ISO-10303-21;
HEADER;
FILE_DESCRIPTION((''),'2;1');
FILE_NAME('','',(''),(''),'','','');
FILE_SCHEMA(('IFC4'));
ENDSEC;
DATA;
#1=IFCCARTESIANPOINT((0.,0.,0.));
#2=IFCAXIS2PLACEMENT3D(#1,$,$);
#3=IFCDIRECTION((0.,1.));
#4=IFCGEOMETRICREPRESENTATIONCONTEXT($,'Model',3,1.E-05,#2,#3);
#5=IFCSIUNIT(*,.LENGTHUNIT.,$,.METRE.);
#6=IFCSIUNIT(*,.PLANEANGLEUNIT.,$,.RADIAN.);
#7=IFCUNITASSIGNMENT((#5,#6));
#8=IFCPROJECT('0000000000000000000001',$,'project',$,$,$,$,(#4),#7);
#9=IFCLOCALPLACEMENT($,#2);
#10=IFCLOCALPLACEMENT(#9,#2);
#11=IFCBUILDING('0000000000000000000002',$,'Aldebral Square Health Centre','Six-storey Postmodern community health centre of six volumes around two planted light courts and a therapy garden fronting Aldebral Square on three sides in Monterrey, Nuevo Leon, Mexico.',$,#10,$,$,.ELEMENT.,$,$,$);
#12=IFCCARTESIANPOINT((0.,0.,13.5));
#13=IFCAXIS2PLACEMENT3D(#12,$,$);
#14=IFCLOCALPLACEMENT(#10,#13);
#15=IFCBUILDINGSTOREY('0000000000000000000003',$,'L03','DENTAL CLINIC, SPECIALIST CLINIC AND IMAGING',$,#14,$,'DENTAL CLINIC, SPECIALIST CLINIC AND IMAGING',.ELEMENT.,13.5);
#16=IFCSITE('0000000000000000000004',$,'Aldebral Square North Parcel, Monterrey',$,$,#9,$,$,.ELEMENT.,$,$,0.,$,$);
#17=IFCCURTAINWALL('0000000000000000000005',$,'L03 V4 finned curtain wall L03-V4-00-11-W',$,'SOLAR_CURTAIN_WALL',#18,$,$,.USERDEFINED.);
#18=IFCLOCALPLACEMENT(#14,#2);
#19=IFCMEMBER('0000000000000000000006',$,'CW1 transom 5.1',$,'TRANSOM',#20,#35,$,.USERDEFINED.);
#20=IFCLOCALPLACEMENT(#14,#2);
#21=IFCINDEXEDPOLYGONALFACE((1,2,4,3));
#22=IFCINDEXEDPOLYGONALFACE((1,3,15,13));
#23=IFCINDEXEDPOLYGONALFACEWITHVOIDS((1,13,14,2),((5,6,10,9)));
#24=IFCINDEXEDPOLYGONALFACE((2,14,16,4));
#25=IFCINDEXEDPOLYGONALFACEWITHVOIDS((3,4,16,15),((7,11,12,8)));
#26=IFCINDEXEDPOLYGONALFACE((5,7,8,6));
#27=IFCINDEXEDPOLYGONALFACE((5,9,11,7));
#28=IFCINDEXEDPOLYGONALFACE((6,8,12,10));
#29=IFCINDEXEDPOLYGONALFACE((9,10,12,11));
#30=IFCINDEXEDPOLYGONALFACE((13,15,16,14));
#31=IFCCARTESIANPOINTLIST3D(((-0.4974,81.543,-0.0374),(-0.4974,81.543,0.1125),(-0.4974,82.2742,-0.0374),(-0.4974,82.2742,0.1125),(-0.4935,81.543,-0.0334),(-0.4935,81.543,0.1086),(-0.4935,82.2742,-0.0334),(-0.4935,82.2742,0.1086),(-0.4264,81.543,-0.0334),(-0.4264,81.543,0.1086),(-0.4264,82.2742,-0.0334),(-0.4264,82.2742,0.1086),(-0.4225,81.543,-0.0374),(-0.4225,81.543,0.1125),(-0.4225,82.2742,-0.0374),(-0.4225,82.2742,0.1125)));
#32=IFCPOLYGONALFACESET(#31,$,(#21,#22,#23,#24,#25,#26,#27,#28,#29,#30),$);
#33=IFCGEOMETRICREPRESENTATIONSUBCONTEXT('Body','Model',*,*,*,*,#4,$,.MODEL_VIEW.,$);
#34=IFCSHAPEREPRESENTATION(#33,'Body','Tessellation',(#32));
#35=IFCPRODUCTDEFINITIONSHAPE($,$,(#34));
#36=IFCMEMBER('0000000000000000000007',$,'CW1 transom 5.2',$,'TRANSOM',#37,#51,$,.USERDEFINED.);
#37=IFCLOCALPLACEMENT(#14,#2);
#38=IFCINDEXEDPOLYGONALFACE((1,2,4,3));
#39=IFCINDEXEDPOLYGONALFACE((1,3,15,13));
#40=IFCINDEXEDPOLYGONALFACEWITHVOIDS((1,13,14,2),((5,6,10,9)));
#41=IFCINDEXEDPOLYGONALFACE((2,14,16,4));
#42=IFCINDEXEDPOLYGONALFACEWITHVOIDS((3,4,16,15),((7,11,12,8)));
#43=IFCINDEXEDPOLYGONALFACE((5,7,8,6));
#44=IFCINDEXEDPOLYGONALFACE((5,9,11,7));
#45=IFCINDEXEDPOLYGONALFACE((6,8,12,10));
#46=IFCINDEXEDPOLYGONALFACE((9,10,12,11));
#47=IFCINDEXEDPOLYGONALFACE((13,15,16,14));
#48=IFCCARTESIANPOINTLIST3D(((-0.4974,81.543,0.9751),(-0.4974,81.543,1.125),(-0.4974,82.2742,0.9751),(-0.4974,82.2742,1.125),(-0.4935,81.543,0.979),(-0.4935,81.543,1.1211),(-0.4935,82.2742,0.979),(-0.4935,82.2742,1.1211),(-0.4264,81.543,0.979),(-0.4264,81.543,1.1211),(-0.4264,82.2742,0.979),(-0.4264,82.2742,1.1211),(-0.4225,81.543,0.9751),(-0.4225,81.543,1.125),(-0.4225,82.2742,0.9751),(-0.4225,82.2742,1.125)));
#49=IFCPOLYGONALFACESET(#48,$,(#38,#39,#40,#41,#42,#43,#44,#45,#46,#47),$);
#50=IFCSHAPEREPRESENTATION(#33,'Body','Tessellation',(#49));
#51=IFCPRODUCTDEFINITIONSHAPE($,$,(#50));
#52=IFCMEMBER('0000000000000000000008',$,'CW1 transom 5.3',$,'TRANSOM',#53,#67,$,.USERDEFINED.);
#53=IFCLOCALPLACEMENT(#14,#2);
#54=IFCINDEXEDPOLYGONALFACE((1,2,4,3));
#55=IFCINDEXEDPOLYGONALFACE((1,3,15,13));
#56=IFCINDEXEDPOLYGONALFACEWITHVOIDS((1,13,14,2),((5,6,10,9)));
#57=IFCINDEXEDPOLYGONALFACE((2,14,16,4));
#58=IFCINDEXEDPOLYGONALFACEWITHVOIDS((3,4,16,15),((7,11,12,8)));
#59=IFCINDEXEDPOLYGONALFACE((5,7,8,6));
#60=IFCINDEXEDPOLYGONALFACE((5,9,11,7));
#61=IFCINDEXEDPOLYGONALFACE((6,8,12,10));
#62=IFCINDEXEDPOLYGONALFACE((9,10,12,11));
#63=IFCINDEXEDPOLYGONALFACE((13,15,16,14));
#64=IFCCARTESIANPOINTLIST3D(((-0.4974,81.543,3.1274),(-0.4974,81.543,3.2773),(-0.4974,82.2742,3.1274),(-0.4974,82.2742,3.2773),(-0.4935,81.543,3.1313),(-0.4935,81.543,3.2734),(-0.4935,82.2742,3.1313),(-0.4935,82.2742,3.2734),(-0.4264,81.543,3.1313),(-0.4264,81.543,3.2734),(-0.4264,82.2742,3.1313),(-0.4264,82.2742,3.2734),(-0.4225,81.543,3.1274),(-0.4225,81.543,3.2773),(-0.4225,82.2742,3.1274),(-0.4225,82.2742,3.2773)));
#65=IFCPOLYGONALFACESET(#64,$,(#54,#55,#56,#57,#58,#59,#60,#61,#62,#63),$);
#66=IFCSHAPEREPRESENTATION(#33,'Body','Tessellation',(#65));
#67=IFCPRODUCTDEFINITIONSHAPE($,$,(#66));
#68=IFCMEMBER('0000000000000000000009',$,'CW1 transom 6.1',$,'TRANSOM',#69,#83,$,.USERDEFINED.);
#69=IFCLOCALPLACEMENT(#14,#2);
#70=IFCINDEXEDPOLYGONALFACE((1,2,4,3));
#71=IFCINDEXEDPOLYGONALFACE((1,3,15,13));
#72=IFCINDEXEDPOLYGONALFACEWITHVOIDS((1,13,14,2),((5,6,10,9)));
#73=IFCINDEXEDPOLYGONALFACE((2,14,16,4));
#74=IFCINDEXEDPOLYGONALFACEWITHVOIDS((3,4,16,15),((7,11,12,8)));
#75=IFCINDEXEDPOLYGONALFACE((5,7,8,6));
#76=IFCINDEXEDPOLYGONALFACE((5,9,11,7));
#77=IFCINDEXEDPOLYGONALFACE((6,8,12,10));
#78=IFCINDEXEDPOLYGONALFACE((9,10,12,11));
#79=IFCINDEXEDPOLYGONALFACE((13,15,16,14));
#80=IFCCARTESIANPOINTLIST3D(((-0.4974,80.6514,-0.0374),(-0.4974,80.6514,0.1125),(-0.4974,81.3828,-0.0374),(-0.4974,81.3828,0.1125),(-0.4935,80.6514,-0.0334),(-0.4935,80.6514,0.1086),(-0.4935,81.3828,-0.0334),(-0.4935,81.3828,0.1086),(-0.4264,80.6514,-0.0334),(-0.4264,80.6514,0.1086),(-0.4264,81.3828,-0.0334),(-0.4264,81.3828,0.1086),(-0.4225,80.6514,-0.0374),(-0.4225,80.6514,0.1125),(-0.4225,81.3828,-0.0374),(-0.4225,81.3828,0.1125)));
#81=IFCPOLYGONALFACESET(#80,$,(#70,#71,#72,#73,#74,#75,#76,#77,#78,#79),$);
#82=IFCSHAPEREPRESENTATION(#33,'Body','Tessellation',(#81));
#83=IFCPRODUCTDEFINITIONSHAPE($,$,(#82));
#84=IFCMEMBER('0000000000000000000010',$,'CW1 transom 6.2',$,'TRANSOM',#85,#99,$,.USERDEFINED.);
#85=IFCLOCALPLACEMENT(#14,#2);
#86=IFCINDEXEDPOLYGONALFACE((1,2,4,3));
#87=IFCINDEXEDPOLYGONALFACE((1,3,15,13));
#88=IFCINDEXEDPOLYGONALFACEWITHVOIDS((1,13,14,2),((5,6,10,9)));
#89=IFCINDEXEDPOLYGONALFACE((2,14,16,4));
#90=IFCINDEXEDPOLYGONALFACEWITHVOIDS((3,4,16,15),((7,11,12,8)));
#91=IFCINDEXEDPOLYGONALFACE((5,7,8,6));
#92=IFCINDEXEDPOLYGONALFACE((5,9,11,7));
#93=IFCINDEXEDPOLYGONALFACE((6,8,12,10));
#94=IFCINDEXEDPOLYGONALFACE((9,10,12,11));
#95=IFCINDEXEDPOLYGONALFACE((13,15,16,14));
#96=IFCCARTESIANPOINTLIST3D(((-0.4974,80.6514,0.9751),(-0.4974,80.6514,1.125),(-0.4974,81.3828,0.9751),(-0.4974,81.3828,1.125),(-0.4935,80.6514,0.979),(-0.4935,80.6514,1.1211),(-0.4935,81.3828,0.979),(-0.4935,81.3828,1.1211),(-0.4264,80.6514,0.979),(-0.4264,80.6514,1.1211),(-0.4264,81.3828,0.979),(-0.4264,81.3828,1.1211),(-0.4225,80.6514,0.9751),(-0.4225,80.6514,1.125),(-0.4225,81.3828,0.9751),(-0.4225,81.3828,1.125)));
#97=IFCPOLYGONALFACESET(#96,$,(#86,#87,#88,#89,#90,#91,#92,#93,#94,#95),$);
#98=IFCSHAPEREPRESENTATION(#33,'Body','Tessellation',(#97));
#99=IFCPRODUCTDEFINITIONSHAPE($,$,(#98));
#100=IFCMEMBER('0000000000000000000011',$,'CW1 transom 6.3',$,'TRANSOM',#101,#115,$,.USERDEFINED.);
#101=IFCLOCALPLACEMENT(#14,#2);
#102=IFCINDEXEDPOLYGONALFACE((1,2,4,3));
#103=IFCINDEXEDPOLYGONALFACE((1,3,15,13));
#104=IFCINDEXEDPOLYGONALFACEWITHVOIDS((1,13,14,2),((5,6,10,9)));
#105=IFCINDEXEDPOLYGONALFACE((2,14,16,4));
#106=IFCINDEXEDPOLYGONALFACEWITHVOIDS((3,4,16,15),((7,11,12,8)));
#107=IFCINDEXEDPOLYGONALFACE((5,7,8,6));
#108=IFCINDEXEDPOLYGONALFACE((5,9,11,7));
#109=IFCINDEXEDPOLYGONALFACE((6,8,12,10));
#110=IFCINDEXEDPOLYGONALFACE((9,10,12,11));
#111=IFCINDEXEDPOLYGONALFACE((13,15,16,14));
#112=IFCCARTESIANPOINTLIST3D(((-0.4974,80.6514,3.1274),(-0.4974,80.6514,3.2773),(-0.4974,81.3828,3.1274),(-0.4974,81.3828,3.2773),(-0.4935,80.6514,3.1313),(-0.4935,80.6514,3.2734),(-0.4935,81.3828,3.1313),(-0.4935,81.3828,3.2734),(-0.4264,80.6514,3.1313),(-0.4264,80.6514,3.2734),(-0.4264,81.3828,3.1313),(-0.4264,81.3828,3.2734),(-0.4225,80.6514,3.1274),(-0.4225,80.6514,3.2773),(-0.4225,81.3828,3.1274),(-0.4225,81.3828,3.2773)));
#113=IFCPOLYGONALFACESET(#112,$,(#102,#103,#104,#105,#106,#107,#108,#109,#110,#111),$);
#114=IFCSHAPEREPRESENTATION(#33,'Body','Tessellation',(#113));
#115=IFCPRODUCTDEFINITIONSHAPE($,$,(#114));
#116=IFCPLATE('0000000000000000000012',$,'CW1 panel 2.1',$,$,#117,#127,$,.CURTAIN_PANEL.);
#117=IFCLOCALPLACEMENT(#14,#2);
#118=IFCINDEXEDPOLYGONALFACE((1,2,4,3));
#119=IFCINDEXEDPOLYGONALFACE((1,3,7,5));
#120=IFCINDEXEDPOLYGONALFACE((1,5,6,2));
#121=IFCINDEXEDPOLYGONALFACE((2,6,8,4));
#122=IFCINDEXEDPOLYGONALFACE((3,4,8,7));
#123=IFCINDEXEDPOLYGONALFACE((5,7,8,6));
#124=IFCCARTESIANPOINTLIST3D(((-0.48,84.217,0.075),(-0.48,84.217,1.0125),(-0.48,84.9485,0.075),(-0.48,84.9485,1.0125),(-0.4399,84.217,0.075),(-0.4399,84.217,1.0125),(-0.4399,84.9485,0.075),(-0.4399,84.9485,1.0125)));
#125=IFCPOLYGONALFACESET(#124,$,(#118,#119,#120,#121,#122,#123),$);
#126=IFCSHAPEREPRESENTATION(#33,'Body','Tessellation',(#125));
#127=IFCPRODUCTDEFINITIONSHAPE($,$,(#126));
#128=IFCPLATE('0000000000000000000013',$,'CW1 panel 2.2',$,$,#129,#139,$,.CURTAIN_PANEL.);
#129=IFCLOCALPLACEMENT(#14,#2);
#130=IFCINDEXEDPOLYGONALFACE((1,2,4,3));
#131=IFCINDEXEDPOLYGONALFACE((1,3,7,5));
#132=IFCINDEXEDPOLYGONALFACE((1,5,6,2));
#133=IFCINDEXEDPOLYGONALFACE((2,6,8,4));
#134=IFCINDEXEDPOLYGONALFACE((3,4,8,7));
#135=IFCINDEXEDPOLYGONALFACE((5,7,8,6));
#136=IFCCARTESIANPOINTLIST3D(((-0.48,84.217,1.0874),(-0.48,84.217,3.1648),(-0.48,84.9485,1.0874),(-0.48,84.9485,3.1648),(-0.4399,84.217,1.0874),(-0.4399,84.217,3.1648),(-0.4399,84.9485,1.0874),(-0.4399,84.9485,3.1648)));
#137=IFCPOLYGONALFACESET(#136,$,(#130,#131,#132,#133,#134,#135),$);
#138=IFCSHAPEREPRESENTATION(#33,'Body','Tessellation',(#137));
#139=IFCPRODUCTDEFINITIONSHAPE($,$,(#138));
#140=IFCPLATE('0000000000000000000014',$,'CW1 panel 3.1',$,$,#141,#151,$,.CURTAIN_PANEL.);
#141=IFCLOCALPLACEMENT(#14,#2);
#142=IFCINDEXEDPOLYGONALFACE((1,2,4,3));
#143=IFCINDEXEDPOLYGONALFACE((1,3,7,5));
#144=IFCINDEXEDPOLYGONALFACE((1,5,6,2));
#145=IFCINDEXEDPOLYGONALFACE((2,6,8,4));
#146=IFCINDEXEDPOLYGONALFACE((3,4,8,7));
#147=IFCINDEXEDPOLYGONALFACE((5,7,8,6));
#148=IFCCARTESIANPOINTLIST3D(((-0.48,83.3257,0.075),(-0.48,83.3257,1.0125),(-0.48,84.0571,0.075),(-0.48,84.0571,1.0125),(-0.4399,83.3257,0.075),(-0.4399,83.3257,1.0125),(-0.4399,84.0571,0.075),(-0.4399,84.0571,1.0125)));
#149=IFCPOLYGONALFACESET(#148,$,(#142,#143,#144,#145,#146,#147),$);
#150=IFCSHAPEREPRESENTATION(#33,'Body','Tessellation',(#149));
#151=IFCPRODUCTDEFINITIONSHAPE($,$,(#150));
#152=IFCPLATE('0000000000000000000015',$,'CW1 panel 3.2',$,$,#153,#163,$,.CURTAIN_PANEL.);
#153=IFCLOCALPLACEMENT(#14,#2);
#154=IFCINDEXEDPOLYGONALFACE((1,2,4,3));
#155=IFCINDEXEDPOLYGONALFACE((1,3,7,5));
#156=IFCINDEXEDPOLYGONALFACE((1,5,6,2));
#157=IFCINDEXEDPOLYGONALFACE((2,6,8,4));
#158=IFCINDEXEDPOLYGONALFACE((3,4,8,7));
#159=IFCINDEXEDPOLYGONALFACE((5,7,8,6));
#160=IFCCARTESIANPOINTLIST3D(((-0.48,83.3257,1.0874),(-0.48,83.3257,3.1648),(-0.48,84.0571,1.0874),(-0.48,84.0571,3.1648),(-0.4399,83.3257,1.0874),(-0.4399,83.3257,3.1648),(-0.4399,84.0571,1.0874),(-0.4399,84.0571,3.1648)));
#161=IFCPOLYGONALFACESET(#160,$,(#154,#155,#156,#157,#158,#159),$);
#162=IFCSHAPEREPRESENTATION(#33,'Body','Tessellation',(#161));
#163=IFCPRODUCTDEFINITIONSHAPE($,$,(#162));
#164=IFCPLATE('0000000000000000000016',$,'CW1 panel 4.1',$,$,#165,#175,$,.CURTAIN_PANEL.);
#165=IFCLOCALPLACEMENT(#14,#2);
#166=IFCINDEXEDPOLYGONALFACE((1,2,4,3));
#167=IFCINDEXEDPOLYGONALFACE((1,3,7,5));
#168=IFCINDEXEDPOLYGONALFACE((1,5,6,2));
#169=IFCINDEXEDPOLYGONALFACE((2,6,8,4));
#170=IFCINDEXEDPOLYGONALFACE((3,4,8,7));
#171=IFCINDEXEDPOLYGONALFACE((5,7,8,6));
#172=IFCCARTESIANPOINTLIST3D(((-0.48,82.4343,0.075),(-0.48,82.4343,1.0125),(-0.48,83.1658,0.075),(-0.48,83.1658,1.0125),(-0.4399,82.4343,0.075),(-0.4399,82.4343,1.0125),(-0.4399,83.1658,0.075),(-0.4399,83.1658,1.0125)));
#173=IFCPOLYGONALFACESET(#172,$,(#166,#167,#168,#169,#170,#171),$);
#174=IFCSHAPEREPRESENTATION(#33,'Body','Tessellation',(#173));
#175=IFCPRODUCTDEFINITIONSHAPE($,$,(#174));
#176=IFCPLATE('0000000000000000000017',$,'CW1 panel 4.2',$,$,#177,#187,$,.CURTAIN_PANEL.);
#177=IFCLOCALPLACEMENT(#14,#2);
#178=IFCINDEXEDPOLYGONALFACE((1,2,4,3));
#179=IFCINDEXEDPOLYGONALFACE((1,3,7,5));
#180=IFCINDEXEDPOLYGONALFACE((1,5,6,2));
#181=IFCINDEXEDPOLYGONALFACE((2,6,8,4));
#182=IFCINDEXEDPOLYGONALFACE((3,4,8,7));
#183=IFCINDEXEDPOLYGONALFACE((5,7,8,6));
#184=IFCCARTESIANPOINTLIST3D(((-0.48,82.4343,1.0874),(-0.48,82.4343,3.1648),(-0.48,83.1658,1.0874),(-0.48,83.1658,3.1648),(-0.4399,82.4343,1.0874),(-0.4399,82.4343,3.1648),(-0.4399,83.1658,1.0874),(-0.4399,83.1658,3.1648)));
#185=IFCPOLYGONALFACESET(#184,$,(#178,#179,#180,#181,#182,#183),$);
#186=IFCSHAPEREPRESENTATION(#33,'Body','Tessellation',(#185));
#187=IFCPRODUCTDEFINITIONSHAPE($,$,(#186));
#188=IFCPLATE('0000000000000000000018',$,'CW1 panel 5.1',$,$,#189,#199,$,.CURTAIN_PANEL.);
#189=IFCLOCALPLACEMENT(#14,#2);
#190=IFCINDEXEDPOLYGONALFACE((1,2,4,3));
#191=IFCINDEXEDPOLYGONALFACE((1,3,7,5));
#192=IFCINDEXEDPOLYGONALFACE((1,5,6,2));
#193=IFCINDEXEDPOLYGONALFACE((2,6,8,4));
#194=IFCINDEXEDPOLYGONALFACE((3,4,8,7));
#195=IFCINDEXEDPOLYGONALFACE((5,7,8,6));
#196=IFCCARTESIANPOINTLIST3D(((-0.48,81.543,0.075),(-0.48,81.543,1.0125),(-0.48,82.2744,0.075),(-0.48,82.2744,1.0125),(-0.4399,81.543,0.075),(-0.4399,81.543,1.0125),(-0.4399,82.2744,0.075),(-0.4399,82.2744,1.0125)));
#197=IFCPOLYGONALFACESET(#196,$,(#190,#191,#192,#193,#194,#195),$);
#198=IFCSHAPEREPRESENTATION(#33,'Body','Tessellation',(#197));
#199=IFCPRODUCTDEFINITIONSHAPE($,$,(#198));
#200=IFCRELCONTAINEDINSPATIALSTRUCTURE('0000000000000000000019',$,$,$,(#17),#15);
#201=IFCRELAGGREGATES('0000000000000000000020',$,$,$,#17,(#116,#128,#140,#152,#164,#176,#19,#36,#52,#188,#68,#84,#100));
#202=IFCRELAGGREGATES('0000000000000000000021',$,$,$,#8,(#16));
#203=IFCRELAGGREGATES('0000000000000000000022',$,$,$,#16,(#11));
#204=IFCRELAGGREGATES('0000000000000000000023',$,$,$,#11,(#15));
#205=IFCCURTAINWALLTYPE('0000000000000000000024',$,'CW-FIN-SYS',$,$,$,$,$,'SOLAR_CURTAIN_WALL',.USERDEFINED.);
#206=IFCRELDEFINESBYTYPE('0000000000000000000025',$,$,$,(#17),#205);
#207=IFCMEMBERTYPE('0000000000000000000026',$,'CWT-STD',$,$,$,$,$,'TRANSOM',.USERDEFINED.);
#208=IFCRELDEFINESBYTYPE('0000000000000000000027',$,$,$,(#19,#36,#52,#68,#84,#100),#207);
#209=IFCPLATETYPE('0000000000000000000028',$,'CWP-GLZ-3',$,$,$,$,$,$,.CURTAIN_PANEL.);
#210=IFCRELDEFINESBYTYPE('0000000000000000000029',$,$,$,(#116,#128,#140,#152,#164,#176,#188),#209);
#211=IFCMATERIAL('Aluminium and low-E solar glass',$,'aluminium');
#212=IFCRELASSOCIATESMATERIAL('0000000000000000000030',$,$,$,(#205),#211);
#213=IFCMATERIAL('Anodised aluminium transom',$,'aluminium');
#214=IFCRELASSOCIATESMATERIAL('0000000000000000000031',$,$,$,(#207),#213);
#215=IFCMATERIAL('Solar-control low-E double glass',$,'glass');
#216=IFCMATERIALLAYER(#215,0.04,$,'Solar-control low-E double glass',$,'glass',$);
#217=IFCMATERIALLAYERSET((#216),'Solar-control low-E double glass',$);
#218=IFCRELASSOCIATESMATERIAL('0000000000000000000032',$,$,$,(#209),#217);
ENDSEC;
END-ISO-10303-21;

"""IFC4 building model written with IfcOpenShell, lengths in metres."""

from ifc_helpers import new_model, si_unit, direction, frame, origin, origin_2d, place, context, subcontext, project, spatial, rectangle, hollow_rectangle, extrude, material, layer, layer_set, material_profile, profile_set, type_object, element, aggregate, save


model = new_model("IFC4")

# Units and contexts
model_context = context("Model", 3, precision=1e-05, world=origin(), true_north=direction((0.0, 1.0)))
body_context = subcontext(model_context, "Body", "Model", "MODEL_VIEW")
ifc_project = project(units=[si_unit("LENGTHUNIT", "METRE"), si_unit("PLANEANGLEUNIT", "RADIAN")], contexts=[model_context])

# Site, building, storey
site_placement = place(None, origin())
site = spatial("IfcSite", under=ifc_project, at=site_placement, Name="Aldebral Square North Parcel, Monterrey", CompositionType="ELEMENT", RefElevation=0.0)
building_placement = place(site_placement, origin())
building = spatial("IfcBuilding", under=site, at=building_placement, Name="Aldebral Square Health Centre", Description="Six-storey Postmodern community health centre of six volumes around two planted light courts and a therapy garden fronting Aldebral Square on three sides in Monterrey, Nuevo Leon, Mexico.", CompositionType="ELEMENT")
storey_placement = place(building_placement, frame((0.0, 0.0, 13.5)))
storey = spatial("IfcBuildingStorey", under=building, at=storey_placement, Name="L03", Description="DENTAL CLINIC, SPECIALIST CLINIC AND IMAGING", LongName="DENTAL CLINIC, SPECIALIST CLINIC AND IMAGING", CompositionType="ELEMENT", Elevation=13.5)

# Curtain wall, members, plates
ifc_material_1 = material(Name="Aluminium and low-E solar glass", Category="aluminium")
curtain_wall_type = type_object("IfcCurtainWallType", Name="CW-FIN-SYS", ElementType="SOLAR_CURTAIN_WALL", PredefinedType="USERDEFINED", material=ifc_material_1)
curtain_wall_placement = place(storey_placement, origin())
curtain_wall = element("IfcCurtainWall", 1, at=curtain_wall_placement, inside=storey, type_object=curtain_wall_type, Name="L03 V4 finned curtain wall L03-V4-00-11-W", ObjectType="SOLAR_CURTAIN_WALL", PredefinedType="USERDEFINED")
ifc_material_2 = material(Name="Anodised aluminium transom", Category="aluminium")
ifc_material_profile_1 = material_profile(ifc_material_2, hollow_rectangle(XDim=0.075, YDim=0.1499, WallThickness=0.0039, at=origin_2d()), Name="CWT 75x150x4")
ifc_profile_set_1 = profile_set([ifc_material_profile_1], Name="Anodised aluminium transom")
member_type_1 = type_object("IfcMemberType", Name="CWT-STD", ElementType="TRANSOM", PredefinedType="USERDEFINED", material=ifc_profile_set_1)
member_1_placement = place(storey_placement, frame((-0.46, 82.2742, 0.0376), z_axis=(0.0, -1.0, 0.0), x_axis=(1.0, 0.0, 0.0)))
member_1 = element("IfcMember", 2, at=member_1_placement, type_object=member_type_1, Name="CW1 transom 5.1", ObjectType="TRANSOM", PredefinedType="USERDEFINED", context=body_context, shape_type="SweptSolid", body=[
    extrude(hollow_rectangle(XDim=0.075, YDim=0.1499, WallThickness=0.0039, at=origin_2d()), origin(), (0.0, 0.0, 1.0), 0.7312),
])
member_2_placement = place(storey_placement, frame((-0.46, 82.2742, 1.05), z_axis=(0.0, -1.0, 0.0), x_axis=(1.0, 0.0, 0.0)))
member_2 = element("IfcMember", 3, at=member_2_placement, type_object=member_type_1, Name="CW1 transom 5.2", ObjectType="TRANSOM", PredefinedType="USERDEFINED", context=body_context, shape_type="SweptSolid", body=[
    extrude(hollow_rectangle(XDim=0.075, YDim=0.1499, WallThickness=0.0039, at=origin_2d()), origin(), (0.0, 0.0, 1.0), 0.7312),
])
member_3_placement = place(storey_placement, frame((-0.46, 82.2742, 3.2024), z_axis=(0.0, -1.0, 0.0), x_axis=(1.0, 0.0, 0.0)))
member_3 = element("IfcMember", 4, at=member_3_placement, type_object=member_type_1, Name="CW1 transom 5.3", ObjectType="TRANSOM", PredefinedType="USERDEFINED", context=body_context, shape_type="SweptSolid", body=[
    extrude(hollow_rectangle(XDim=0.075, YDim=0.1499, WallThickness=0.0039, at=origin_2d()), origin(), (0.0, 0.0, 1.0), 0.7312),
])
member_4_placement = place(storey_placement, frame((-0.46, 81.3828, 0.0376), z_axis=(0.0, -1.0, 0.0), x_axis=(1.0, 0.0, 0.0)))
member_4 = element("IfcMember", 5, at=member_4_placement, type_object=member_type_1, Name="CW1 transom 6.1", ObjectType="TRANSOM", PredefinedType="USERDEFINED", context=body_context, shape_type="SweptSolid", body=[
    extrude(hollow_rectangle(XDim=0.075, YDim=0.1499, WallThickness=0.0039, at=origin_2d()), origin(), (0.0, 0.0, 1.0), 0.7314),
])
member_5_placement = place(storey_placement, frame((-0.46, 81.3828, 1.05), z_axis=(0.0, -1.0, 0.0), x_axis=(1.0, 0.0, 0.0)))
member_5 = element("IfcMember", 6, at=member_5_placement, type_object=member_type_1, Name="CW1 transom 6.2", ObjectType="TRANSOM", PredefinedType="USERDEFINED", context=body_context, shape_type="SweptSolid", body=[
    extrude(hollow_rectangle(XDim=0.075, YDim=0.1499, WallThickness=0.0039, at=origin_2d()), origin(), (0.0, 0.0, 1.0), 0.7314),
])
member_6_placement = place(storey_placement, frame((-0.46, 81.3828, 3.2024), z_axis=(0.0, -1.0, 0.0), x_axis=(1.0, 0.0, 0.0)))
member_6 = element("IfcMember", 7, at=member_6_placement, type_object=member_type_1, Name="CW1 transom 6.3", ObjectType="TRANSOM", PredefinedType="USERDEFINED", context=body_context, shape_type="SweptSolid", body=[
    extrude(hollow_rectangle(XDim=0.075, YDim=0.1499, WallThickness=0.0039, at=origin_2d()), origin(), (0.0, 0.0, 1.0), 0.7314),
])
ifc_material_3 = material(Name="Solar-control low-E double glass", Category="glass")
ifc_layer = layer(ifc_material_3, 0.04, Name="Solar-control low-E double glass", Category="glass")
ifc_layer_set = layer_set([ifc_layer], Name="Solar-control low-E double glass")
plate_type = type_object("IfcPlateType", Name="CWP-GLZ-3", PredefinedType="CURTAIN_PANEL", material=ifc_layer_set)
plate_1_placement = place(storey_placement, frame((-0.46, 84.5828, 0.075), z_axis=(0.0, 0.0, 1.0), x_axis=(0.0, -1.0, 0.0)))
plate_1 = element("IfcPlate", 8, at=plate_1_placement, type_object=plate_type, Name="CW1 panel 2.1", PredefinedType="CURTAIN_PANEL", context=body_context, shape_type="SweptSolid", body=[
    extrude(rectangle(XDim=0.7314, YDim=0.04, at=origin_2d()), origin(), (0.0, 0.0, 1.0), 0.9375),
])
plate_2_placement = place(storey_placement, frame((-0.46, 84.5828, 1.0874), z_axis=(0.0, 0.0, 1.0), x_axis=(0.0, -1.0, 0.0)))
plate_2 = element("IfcPlate", 9, at=plate_2_placement, type_object=plate_type, Name="CW1 panel 2.2", PredefinedType="CURTAIN_PANEL", context=body_context, shape_type="SweptSolid", body=[
    extrude(rectangle(XDim=0.7314, YDim=0.04, at=origin_2d()), origin(), (0.0, 0.0, 1.0), 2.0774),
])
plate_3_placement = place(storey_placement, frame((-0.46, 83.6914, 0.075), z_axis=(0.0, 0.0, 1.0), x_axis=(0.0, -1.0, 0.0)))
plate_3 = element("IfcPlate", 10, at=plate_3_placement, type_object=plate_type, Name="CW1 panel 3.1", PredefinedType="CURTAIN_PANEL", context=body_context, shape_type="SweptSolid", body=[
    extrude(rectangle(XDim=0.7314, YDim=0.04, at=origin_2d()), origin(), (0.0, 0.0, 1.0), 0.9375),
])
plate_4_placement = place(storey_placement, frame((-0.46, 83.6914, 1.0874), z_axis=(0.0, 0.0, 1.0), x_axis=(0.0, -1.0, 0.0)))
plate_4 = element("IfcPlate", 11, at=plate_4_placement, type_object=plate_type, Name="CW1 panel 3.2", PredefinedType="CURTAIN_PANEL", context=body_context, shape_type="SweptSolid", body=[
    extrude(rectangle(XDim=0.7314, YDim=0.04, at=origin_2d()), origin(), (0.0, 0.0, 1.0), 2.0774),
])
plate_5_placement = place(storey_placement, frame((-0.46, 82.8, 0.075), z_axis=(0.0, 0.0, 1.0), x_axis=(0.0, -1.0, 0.0)))
plate_5 = element("IfcPlate", 12, at=plate_5_placement, type_object=plate_type, Name="CW1 panel 4.1", PredefinedType="CURTAIN_PANEL", context=body_context, shape_type="SweptSolid", body=[
    extrude(rectangle(XDim=0.7314, YDim=0.04, at=origin_2d()), origin(), (0.0, 0.0, 1.0), 0.9375),
])
plate_6_placement = place(storey_placement, frame((-0.46, 82.8, 1.0874), z_axis=(0.0, 0.0, 1.0), x_axis=(0.0, -1.0, 0.0)))
plate_6 = element("IfcPlate", 13, at=plate_6_placement, type_object=plate_type, Name="CW1 panel 4.2", PredefinedType="CURTAIN_PANEL", context=body_context, shape_type="SweptSolid", body=[
    extrude(rectangle(XDim=0.7314, YDim=0.04, at=origin_2d()), origin(), (0.0, 0.0, 1.0), 2.0774),
])
plate_7_placement = place(storey_placement, frame((-0.46, 81.9087, 0.075), z_axis=(0.0, 0.0, 1.0), x_axis=(0.0, -1.0, 0.0)))
plate_7 = element("IfcPlate", 14, at=plate_7_placement, type_object=plate_type, Name="CW1 panel 5.1", PredefinedType="CURTAIN_PANEL", context=body_context, shape_type="SweptSolid", body=[
    extrude(rectangle(XDim=0.7314, YDim=0.04, at=origin_2d()), origin(), (0.0, 0.0, 1.0), 0.9375),
])
aggregate(curtain_wall, [plate_1, plate_2, plate_3, plate_4, plate_5, plate_6, member_1, member_2, member_3, plate_7, member_4, member_5, member_6])

save(model, "model.ifc")
